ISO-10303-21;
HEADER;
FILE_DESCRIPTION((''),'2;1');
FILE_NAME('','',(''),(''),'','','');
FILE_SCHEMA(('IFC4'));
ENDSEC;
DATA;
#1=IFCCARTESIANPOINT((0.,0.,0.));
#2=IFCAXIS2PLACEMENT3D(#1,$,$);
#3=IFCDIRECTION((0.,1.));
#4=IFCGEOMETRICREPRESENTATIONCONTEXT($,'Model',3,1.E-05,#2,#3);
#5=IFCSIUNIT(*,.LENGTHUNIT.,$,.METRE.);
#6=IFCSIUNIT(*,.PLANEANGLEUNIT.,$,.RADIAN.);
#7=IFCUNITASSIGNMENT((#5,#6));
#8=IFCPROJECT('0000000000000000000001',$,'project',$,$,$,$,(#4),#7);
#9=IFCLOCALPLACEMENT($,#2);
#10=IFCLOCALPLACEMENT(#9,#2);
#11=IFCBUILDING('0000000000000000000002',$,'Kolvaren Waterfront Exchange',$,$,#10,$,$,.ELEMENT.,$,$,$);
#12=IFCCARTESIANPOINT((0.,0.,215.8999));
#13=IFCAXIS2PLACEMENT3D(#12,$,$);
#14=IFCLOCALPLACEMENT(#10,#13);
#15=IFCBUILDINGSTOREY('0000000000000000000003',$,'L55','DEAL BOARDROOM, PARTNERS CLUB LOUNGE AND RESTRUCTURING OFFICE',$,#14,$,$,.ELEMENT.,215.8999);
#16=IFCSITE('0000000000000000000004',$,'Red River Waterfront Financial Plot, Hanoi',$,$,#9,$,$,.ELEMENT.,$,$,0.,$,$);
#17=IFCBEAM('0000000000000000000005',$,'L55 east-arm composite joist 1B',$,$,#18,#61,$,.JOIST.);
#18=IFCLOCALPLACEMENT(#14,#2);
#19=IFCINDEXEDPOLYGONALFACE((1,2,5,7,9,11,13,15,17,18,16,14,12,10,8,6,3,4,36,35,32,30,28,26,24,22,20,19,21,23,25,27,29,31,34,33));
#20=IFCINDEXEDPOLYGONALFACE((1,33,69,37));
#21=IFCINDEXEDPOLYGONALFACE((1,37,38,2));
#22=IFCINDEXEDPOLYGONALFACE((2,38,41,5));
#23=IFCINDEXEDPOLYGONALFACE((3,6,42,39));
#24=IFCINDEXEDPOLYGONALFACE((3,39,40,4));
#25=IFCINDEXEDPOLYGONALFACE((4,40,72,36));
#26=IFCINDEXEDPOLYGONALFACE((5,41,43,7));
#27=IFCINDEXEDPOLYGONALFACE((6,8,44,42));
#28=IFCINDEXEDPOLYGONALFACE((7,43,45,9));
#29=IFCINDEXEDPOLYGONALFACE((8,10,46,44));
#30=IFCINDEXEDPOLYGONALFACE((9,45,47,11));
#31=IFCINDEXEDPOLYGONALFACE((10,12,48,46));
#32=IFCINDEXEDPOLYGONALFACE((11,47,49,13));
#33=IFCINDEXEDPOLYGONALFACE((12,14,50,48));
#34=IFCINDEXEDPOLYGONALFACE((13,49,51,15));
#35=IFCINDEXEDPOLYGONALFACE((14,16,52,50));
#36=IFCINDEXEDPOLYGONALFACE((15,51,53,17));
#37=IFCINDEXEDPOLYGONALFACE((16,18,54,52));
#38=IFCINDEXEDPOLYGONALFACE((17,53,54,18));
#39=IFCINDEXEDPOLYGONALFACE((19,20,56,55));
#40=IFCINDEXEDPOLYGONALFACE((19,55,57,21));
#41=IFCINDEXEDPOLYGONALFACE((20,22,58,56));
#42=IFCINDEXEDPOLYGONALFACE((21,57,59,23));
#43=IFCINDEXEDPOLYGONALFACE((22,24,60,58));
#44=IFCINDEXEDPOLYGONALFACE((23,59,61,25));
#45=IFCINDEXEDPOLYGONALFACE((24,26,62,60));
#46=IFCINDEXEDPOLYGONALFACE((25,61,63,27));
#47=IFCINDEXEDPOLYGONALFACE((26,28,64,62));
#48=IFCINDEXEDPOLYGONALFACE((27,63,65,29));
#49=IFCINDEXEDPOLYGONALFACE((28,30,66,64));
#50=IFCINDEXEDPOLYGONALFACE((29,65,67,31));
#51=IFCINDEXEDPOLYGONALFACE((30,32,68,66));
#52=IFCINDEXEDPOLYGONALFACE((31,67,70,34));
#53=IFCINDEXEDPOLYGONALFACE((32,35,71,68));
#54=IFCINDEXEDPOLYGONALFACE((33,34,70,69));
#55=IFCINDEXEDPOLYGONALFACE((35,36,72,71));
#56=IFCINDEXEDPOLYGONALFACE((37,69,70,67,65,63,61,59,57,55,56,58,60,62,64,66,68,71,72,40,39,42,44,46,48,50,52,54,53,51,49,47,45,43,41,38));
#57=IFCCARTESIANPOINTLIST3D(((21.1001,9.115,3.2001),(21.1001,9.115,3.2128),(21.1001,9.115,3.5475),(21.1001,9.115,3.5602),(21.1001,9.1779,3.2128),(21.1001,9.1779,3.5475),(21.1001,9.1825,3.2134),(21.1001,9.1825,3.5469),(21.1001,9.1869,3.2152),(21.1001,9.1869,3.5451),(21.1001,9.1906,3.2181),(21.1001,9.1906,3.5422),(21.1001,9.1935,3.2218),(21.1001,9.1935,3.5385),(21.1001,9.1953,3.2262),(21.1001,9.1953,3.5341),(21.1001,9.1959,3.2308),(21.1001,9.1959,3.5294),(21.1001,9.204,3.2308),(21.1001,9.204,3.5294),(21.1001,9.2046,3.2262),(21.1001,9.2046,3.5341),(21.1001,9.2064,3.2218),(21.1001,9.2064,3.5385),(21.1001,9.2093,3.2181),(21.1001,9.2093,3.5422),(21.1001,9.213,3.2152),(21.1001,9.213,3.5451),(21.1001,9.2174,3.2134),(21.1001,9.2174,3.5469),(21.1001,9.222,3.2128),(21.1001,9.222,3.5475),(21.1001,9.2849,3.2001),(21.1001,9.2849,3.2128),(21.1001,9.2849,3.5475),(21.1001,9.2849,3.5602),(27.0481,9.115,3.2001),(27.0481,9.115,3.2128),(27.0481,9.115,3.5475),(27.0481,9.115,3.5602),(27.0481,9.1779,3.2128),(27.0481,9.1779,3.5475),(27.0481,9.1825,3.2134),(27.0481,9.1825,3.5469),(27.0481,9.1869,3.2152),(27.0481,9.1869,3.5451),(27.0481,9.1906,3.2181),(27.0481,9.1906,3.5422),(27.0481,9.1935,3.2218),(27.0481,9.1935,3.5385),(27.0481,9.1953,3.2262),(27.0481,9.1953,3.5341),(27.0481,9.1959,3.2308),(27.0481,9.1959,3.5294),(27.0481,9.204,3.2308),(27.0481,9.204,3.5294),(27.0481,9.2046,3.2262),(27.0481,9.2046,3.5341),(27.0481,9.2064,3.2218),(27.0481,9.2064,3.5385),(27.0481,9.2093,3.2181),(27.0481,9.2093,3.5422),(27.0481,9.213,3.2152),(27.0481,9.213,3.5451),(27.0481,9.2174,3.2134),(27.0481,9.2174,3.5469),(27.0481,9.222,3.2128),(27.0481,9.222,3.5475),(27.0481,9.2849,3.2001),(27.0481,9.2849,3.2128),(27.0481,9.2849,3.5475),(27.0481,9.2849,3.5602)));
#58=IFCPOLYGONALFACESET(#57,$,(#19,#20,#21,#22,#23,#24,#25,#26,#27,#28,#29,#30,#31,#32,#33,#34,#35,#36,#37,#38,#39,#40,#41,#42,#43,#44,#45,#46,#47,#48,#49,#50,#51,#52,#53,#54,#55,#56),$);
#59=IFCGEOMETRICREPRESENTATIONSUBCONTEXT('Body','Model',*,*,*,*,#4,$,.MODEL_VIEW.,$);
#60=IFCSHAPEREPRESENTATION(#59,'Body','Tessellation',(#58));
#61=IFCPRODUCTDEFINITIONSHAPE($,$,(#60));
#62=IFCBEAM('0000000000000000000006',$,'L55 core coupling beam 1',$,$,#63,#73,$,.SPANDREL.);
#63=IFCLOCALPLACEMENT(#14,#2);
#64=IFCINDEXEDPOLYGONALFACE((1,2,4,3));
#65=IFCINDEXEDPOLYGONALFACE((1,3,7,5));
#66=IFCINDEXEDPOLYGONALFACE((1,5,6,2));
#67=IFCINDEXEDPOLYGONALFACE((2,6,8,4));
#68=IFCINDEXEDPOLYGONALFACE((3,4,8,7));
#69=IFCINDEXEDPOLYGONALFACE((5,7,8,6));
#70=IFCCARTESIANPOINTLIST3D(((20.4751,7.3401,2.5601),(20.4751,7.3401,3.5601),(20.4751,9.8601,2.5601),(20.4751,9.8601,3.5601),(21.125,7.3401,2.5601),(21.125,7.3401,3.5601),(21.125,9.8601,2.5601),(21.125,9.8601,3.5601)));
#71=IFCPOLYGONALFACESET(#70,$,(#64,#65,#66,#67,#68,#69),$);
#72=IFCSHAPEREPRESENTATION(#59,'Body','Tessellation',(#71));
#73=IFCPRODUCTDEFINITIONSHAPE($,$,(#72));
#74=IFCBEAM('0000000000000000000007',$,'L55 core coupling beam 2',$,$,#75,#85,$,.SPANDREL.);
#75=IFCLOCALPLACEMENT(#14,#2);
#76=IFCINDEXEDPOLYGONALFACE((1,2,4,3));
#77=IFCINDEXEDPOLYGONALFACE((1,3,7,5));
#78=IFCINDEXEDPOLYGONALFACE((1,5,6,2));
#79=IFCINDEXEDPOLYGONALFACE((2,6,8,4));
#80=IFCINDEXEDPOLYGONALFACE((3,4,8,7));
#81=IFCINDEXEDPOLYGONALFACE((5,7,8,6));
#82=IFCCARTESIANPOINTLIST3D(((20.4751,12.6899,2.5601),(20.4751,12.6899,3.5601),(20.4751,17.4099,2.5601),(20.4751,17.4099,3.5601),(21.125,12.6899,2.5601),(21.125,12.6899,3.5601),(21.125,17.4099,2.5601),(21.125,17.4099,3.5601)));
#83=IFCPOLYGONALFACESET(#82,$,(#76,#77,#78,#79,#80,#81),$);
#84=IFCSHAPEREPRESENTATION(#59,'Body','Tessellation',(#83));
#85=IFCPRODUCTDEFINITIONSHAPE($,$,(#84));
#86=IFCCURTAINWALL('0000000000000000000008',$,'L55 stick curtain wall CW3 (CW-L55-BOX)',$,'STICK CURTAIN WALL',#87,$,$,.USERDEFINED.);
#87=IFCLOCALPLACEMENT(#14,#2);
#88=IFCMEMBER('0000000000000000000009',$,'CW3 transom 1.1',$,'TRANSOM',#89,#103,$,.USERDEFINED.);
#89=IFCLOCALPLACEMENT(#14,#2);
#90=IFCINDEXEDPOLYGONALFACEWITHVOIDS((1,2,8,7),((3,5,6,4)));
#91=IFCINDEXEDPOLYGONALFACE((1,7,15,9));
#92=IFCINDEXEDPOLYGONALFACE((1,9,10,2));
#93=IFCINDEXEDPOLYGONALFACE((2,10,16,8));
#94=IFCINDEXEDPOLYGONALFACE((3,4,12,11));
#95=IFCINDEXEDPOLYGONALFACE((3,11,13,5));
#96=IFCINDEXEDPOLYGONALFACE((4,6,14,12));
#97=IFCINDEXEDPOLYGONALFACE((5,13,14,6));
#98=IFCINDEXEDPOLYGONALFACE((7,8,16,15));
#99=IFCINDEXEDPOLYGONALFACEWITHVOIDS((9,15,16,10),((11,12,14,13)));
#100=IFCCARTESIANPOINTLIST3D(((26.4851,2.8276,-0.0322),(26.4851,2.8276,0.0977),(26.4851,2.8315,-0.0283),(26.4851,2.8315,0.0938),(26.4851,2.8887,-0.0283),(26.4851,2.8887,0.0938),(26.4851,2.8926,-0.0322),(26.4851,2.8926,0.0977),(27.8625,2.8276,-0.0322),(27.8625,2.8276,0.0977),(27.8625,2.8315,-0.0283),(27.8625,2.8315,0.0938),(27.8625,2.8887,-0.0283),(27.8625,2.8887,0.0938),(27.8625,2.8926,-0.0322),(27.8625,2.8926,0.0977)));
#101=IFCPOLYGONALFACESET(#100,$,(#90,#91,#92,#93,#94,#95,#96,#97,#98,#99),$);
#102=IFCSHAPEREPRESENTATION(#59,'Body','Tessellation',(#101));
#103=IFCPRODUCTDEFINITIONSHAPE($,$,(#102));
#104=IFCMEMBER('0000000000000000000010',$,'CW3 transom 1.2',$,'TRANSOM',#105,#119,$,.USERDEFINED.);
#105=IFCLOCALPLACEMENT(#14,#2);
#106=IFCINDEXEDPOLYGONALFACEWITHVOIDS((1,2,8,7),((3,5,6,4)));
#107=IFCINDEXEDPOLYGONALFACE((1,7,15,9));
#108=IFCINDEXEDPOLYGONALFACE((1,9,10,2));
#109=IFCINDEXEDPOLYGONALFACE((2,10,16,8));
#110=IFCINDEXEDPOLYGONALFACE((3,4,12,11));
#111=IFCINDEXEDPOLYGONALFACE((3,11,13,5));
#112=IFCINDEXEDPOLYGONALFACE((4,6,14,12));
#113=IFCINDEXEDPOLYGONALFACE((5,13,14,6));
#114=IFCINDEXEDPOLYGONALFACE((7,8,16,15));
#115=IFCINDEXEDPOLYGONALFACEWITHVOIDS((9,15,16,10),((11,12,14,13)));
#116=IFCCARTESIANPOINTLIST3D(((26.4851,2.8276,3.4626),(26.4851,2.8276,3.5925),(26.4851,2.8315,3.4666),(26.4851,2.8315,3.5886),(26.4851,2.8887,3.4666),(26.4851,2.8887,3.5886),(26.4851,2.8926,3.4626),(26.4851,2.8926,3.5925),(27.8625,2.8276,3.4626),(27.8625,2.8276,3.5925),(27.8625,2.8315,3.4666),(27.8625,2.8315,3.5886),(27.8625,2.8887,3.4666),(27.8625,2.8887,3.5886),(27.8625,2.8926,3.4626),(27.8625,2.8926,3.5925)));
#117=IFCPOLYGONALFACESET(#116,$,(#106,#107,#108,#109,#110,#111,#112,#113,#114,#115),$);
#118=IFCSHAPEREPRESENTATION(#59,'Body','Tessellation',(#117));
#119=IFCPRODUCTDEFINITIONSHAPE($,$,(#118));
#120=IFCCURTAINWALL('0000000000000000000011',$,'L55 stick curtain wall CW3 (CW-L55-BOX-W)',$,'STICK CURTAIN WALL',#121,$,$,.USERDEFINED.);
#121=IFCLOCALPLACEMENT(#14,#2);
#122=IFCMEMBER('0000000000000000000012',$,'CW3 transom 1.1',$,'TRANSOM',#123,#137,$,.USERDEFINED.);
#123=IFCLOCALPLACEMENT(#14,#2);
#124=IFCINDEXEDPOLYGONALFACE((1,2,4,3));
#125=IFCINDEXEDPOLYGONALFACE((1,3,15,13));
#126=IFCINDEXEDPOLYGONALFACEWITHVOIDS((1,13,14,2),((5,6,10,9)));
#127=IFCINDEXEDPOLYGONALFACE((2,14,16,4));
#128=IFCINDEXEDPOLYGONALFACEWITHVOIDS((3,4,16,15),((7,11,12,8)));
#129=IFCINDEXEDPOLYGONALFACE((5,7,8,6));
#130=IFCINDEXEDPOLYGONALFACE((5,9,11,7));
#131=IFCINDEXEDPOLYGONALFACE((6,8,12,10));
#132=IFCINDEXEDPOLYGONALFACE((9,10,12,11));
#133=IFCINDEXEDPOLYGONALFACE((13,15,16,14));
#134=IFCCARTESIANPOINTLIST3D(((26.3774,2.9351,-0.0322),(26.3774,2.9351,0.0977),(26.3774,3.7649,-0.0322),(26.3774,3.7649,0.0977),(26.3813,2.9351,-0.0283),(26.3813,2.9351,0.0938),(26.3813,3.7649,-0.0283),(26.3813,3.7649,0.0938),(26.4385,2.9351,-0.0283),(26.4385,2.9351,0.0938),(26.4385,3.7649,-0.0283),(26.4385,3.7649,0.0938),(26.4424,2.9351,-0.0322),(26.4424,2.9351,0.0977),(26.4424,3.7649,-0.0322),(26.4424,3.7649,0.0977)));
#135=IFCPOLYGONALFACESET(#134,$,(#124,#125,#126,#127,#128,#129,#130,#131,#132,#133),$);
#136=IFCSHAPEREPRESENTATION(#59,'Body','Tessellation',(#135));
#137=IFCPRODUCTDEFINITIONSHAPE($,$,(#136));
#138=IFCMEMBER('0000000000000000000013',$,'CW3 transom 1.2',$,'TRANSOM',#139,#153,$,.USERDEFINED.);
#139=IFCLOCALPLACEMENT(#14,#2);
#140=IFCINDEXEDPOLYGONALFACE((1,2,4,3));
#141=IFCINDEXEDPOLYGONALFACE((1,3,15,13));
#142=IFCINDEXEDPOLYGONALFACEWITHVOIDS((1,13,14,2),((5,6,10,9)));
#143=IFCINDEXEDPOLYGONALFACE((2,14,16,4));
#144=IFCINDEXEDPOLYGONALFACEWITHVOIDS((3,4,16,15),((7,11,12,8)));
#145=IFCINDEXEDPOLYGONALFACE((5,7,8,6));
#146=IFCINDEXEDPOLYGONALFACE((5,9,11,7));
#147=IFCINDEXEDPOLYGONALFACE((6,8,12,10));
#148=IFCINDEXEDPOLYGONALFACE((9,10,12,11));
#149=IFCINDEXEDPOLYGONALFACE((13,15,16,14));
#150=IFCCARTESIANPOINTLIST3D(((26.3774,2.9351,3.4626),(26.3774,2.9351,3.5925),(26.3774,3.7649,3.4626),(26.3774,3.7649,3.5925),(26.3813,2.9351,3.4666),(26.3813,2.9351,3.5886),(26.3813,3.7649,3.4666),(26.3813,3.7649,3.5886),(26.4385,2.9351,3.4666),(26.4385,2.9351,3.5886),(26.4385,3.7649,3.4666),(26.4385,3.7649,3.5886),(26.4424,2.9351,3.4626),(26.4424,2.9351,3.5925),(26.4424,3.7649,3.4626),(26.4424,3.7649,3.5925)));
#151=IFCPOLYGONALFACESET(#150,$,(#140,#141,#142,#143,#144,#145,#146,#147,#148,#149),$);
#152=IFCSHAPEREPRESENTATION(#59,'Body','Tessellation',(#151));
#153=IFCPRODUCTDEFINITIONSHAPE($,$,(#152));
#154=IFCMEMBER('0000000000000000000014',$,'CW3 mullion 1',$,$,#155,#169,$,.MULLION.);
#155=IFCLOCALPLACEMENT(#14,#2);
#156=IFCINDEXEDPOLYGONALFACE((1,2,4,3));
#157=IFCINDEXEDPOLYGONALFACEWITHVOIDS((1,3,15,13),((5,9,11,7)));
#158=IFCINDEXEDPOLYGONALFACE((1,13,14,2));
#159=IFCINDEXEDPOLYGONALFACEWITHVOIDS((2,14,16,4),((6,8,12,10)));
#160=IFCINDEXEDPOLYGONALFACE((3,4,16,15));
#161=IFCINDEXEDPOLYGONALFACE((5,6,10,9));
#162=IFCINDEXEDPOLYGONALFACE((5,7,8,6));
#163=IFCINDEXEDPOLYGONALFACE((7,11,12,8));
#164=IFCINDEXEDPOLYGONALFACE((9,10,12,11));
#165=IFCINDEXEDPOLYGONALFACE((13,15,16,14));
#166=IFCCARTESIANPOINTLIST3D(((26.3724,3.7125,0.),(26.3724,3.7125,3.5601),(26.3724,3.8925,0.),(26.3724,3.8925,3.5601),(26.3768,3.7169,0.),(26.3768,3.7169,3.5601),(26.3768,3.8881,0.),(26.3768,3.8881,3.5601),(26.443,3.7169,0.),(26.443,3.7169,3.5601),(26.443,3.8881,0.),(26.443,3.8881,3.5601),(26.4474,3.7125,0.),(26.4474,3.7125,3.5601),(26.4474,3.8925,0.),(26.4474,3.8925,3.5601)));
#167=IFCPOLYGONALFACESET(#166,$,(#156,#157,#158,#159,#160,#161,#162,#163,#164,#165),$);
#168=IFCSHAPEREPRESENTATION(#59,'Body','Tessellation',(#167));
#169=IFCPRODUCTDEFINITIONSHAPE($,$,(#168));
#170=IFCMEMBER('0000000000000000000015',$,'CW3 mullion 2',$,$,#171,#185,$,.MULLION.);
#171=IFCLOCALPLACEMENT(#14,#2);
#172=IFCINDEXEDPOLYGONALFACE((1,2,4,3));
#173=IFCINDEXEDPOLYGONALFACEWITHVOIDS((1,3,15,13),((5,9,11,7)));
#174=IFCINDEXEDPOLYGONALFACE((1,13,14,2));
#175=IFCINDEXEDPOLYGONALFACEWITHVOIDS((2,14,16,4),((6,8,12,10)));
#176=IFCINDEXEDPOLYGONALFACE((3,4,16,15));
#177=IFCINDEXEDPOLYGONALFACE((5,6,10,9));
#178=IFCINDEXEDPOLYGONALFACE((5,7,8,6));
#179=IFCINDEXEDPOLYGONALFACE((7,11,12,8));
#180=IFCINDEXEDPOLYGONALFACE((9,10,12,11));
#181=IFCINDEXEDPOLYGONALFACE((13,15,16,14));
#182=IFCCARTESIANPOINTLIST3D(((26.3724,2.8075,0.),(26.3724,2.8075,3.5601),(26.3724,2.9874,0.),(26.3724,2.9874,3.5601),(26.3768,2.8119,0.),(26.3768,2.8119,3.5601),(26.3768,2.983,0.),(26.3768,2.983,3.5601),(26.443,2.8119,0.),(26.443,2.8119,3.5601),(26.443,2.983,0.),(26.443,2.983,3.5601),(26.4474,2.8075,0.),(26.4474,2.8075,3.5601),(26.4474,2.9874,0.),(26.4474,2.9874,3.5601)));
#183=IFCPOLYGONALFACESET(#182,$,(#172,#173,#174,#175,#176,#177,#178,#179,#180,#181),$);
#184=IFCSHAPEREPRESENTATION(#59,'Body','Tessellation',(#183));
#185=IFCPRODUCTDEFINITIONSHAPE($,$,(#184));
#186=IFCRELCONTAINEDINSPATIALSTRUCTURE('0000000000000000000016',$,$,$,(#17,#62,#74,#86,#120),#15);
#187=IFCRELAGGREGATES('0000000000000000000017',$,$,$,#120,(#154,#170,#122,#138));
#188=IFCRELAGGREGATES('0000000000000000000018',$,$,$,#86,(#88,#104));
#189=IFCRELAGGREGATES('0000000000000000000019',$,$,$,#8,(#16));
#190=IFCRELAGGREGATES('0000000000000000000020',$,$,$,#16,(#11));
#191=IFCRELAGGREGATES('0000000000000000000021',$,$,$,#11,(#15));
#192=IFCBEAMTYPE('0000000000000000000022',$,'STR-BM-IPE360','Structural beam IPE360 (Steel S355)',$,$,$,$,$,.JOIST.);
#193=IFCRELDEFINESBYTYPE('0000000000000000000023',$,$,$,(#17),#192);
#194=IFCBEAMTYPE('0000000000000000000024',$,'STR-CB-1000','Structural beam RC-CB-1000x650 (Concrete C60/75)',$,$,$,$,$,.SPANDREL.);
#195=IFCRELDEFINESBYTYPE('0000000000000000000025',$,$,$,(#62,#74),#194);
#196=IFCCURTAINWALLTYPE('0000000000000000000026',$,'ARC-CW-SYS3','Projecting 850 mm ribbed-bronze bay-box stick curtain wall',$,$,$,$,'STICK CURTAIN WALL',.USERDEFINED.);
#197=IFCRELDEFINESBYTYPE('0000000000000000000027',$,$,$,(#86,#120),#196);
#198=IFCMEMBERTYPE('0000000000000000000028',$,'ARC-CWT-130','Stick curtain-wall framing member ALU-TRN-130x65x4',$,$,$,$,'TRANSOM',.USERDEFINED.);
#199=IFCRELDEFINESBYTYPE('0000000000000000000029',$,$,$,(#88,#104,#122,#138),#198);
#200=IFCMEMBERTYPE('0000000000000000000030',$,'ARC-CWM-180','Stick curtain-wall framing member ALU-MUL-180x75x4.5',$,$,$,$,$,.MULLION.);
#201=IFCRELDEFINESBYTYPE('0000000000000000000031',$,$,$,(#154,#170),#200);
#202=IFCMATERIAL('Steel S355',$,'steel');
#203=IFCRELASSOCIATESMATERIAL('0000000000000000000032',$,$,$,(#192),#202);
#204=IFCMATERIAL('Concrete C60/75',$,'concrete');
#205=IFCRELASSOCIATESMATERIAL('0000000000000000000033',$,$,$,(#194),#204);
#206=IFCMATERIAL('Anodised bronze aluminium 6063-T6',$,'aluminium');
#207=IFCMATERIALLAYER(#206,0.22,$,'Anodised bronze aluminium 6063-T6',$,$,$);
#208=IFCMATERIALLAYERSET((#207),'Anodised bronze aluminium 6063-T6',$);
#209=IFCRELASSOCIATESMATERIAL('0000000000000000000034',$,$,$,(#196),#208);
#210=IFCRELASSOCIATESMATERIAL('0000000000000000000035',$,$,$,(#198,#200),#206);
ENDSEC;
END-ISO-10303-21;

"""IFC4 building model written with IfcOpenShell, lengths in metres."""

from ifc_helpers import new_model, si_unit, direction, frame, origin, origin_with_axes, origin_2d, place, context, subcontext, project, spatial, rectangle, hollow_rectangle, i_section, extrude, source, transform, mapped, material, layer, layer_set, material_profile, profile_set, type_object, element, aggregate, save


model = new_model("IFC4")

# Units and contexts
model_context = context("Model", 3, precision=1e-05, world=origin(), true_north=direction((0.0, 1.0)))
body_context = subcontext(model_context, "Body", "Model", "MODEL_VIEW")
ifc_project = project(units=[si_unit("LENGTHUNIT", "METRE"), si_unit("PLANEANGLEUNIT", "RADIAN")], contexts=[model_context])

# Site, building, storey
site_placement = place(None, origin())
site = spatial("IfcSite", under=ifc_project, at=site_placement, Name="Red River Waterfront Financial Plot, Hanoi", CompositionType="ELEMENT", RefElevation=0.0)
building_placement = place(site_placement, origin())
building = spatial("IfcBuilding", under=site, at=building_placement, Name="Kolvaren Waterfront Exchange", CompositionType="ELEMENT")
storey_placement = place(building_placement, frame((0.0, 0.0, 215.8999)))
storey = spatial("IfcBuildingStorey", under=building, at=storey_placement, Name="L55", Description="DEAL BOARDROOM, PARTNERS CLUB LOUNGE AND RESTRUCTURING OFFICE", CompositionType="ELEMENT", Elevation=215.8999)

# Beams
ifc_material_1 = material(Name="Steel S355", Category="steel")
ifc_material_profile_1 = material_profile(ifc_material_1, i_section(OverallWidth=0.1699, OverallDepth=0.3601, WebThickness=0.0081, FlangeThickness=0.0127, FilletRadius=0.0181, at=origin_2d()), Name="IPE360")
ifc_profile_set_1 = profile_set([ifc_material_profile_1], Name="Steel S355")
beam_type_1 = type_object("IfcBeamType", Name="STR-BM-IPE360", Description="Structural beam IPE360 (Steel S355)", PredefinedType="JOIST", material=ifc_profile_set_1)
beam_1_placement = place(storey_placement, frame((21.1001, 9.2, 3.3801), z_axis=(1.0, 0.0, 0.0), x_axis=(0.0, 1.0, 0.0)))
element("IfcBeam", 1, at=beam_1_placement, inside=storey, type_object=beam_type_1, Name="L55 east-arm composite joist 1B", PredefinedType="JOIST", context=body_context, shape_type="SweptSolid", body=[
    extrude(i_section(OverallWidth=0.1699, OverallDepth=0.3601, WebThickness=0.0081, FlangeThickness=0.0127, FilletRadius=0.0181, at=origin_2d()), origin(), (0.0, 0.0, 1.0), 5.948),
])
ifc_material_2 = material(Name="Concrete C60/75", Category="concrete")
ifc_material_profile_2 = material_profile(ifc_material_2, rectangle(XDim=0.6499, YDim=1.0, at=origin_2d()), Name="RC-CB-1000x650")
ifc_profile_set_2 = profile_set([ifc_material_profile_2], Name="Concrete C60/75")
beam_type_2 = type_object("IfcBeamType", Name="STR-CB-1000", Description="Structural beam RC-CB-1000x650 (Concrete C60/75)", PredefinedType="SPANDREL", material=ifc_profile_set_2)
beam_2_placement = place(storey_placement, frame((20.8, 7.3401, 3.0601), z_axis=(0.0, 1.0, 0.0), x_axis=(-1.0, 0.0, 0.0)))
element("IfcBeam", 2, at=beam_2_placement, inside=storey, type_object=beam_type_2, Name="L55 core coupling beam 1", PredefinedType="SPANDREL", context=body_context, shape_type="SweptSolid", body=[
    extrude(rectangle(XDim=0.6499, YDim=1.0, at=origin_2d()), origin(), (0.0, 0.0, 1.0), 2.52),
])
beam_3_placement = place(storey_placement, frame((20.8, 12.6899, 3.0601), z_axis=(0.0, 1.0, 0.0), x_axis=(-1.0, 0.0, 0.0)))
element("IfcBeam", 3, at=beam_3_placement, inside=storey, type_object=beam_type_2, Name="L55 core coupling beam 2", PredefinedType="SPANDREL", context=body_context, shape_type="SweptSolid", body=[
    extrude(rectangle(XDim=0.6499, YDim=1.0, at=origin_2d()), origin(), (0.0, 0.0, 1.0), 4.72),
])

# Curtain walls, members
ifc_material_3 = material(Name="Anodised bronze aluminium 6063-T6", Category="aluminium")
ifc_layer_1 = layer(ifc_material_3, 0.22, Name="Anodised bronze aluminium 6063-T6")
ifc_layer_set_1 = layer_set([ifc_layer_1], Name="Anodised bronze aluminium 6063-T6")
curtain_wall_type_1 = type_object("IfcCurtainWallType", Name="ARC-CW-SYS3", Description="Projecting 850 mm ribbed-bronze bay-box stick curtain wall", ElementType="STICK CURTAIN WALL", PredefinedType="USERDEFINED", material=ifc_layer_set_1)
curtain_wall_1_placement = place(storey_placement, origin())
curtain_wall_1 = element("IfcCurtainWall", 4, at=curtain_wall_1_placement, inside=storey, type_object=curtain_wall_type_1, Name="L55 stick curtain wall CW3 (CW-L55-BOX)", ObjectType="STICK CURTAIN WALL", PredefinedType="USERDEFINED")
ifc_material_profile_3 = material_profile(ifc_material_3, hollow_rectangle(XDim=0.0649, YDim=0.1299, WallThickness=0.0039, at=origin_2d()), Name="ALU-TRN-130x65x4")
ifc_profile_set_3 = profile_set([ifc_material_profile_3], Name="Anodised bronze aluminium 6063-T6")
member_type_1 = type_object("IfcMemberType", Name="ARC-CWT-130", Description="Stick curtain-wall framing member ALU-TRN-130x65x4", ElementType="TRANSOM", PredefinedType="USERDEFINED", material=ifc_profile_set_3)
shared_shape_1 = source(origin_with_axes(), body_context, "Body", "SweptSolid", [
    extrude(hollow_rectangle(XDim=0.0649, YDim=0.1299, WallThickness=0.0039, at=origin_2d()), origin(), (0.0, 0.0, 1.0), 1.3774),
])
member_1_placement = place(storey_placement, frame((26.4851, 2.8601, 0.0327), z_axis=(1.0, 0.0, 0.0), x_axis=(0.0, 1.0, 0.0)))
member_1 = element("IfcMember", 5, at=member_1_placement, type_object=member_type_1, Name="CW3 transom 1.1", ObjectType="TRANSOM", PredefinedType="USERDEFINED", context=body_context, shape_type="MappedRepresentation", body=[
    mapped(shared_shape_1, transform((0.0, 0.0, 0.0), x_axis=(1.0, 0.0, 0.0), y_axis=(0.0, 1.0, 0.0), z_axis=(0.0, 0.0, 1.0), scale=1.0)),
])
member_2_placement = place(storey_placement, frame((26.4851, 2.8601, 3.5276), z_axis=(1.0, 0.0, 0.0), x_axis=(0.0, 1.0, 0.0)))
member_2 = element("IfcMember", 6, at=member_2_placement, type_object=member_type_1, Name="CW3 transom 1.2", ObjectType="TRANSOM", PredefinedType="USERDEFINED", context=body_context, shape_type="MappedRepresentation", body=[
    mapped(shared_shape_1, transform((0.0, 0.0, 0.0), x_axis=(1.0, 0.0, 0.0), y_axis=(0.0, 1.0, 0.0), z_axis=(0.0, 0.0, 1.0), scale=1.0)),
])
curtain_wall_2_placement = place(storey_placement, origin())
curtain_wall_2 = element("IfcCurtainWall", 7, at=curtain_wall_2_placement, inside=storey, type_object=curtain_wall_type_1, Name="L55 stick curtain wall CW3 (CW-L55-BOX-W)", ObjectType="STICK CURTAIN WALL", PredefinedType="USERDEFINED")
shared_shape_2 = source(origin_with_axes(), body_context, "Body", "SweptSolid", [
    extrude(hollow_rectangle(XDim=0.0649, YDim=0.1299, WallThickness=0.0039, at=origin_2d()), origin(), (0.0, 0.0, 1.0), 0.8298),
])
member_3_placement = place(storey_placement, frame((26.4099, 3.7649, 0.0327), z_axis=(0.0, -1.0, 0.0), x_axis=(1.0, 0.0, 0.0)))
member_3 = element("IfcMember", 8, at=member_3_placement, type_object=member_type_1, Name="CW3 transom 1.1", ObjectType="TRANSOM", PredefinedType="USERDEFINED", context=body_context, shape_type="MappedRepresentation", body=[
    mapped(shared_shape_2, transform((0.0, 0.0, 0.0), x_axis=(1.0, 0.0, 0.0), y_axis=(0.0, 1.0, 0.0), z_axis=(0.0, 0.0, 1.0), scale=1.0)),
])
member_4_placement = place(storey_placement, frame((26.4099, 3.7649, 3.5276), z_axis=(0.0, -1.0, 0.0), x_axis=(1.0, 0.0, 0.0)))
member_4 = element("IfcMember", 9, at=member_4_placement, type_object=member_type_1, Name="CW3 transom 1.2", ObjectType="TRANSOM", PredefinedType="USERDEFINED", context=body_context, shape_type="MappedRepresentation", body=[
    mapped(shared_shape_2, transform((0.0, 0.0, 0.0), x_axis=(1.0, 0.0, 0.0), y_axis=(0.0, 1.0, 0.0), z_axis=(0.0, 0.0, 1.0), scale=1.0)),
])
ifc_material_profile_4 = material_profile(ifc_material_3, hollow_rectangle(XDim=0.075, YDim=0.1799, WallThickness=0.0044, at=origin_2d()), Name="ALU-MUL-180x75x4.5")
ifc_profile_set_4 = profile_set([ifc_material_profile_4], Name="Anodised bronze aluminium 6063-T6")
member_type_2 = type_object("IfcMemberType", Name="ARC-CWM-180", Description="Stick curtain-wall framing member ALU-MUL-180x75x4.5", PredefinedType="MULLION", material=ifc_profile_set_4)
shared_shape_3 = source(origin_with_axes(), body_context, "Body", "SweptSolid", [
    extrude(hollow_rectangle(XDim=0.075, YDim=0.1799, WallThickness=0.0044, at=origin_2d()), origin(), (0.0, 0.0, 1.0), 3.5601),
])
member_5_placement = place(storey_placement, frame((26.4099, 3.8025, 0.0), z_axis=(0.0, 0.0, 1.0), x_axis=(1.0, 0.0, 0.0)))
member_5 = element("IfcMember", 10, at=member_5_placement, type_object=member_type_2, Name="CW3 mullion 1", PredefinedType="MULLION", context=body_context, shape_type="MappedRepresentation", body=[
    mapped(shared_shape_3, transform((0.0, 0.0, 0.0), x_axis=(1.0, 0.0, 0.0), y_axis=(0.0, 1.0, 0.0), z_axis=(0.0, 0.0, 1.0), scale=1.0)),
])
member_6_placement = place(storey_placement, frame((26.4099, 2.8975, 0.0), z_axis=(0.0, 0.0, 1.0), x_axis=(1.0, 0.0, 0.0)))
member_6 = element("IfcMember", 11, at=member_6_placement, type_object=member_type_2, Name="CW3 mullion 2", PredefinedType="MULLION", context=body_context, shape_type="MappedRepresentation", body=[
    mapped(shared_shape_3, transform((0.0, 0.0, 0.0), x_axis=(1.0, 0.0, 0.0), y_axis=(0.0, 1.0, 0.0), z_axis=(0.0, 0.0, 1.0), scale=1.0)),
])

aggregate(curtain_wall_2, [member_5, member_6, member_3, member_4])
aggregate(curtain_wall_1, [member_1, member_2])

save(model, "model.ifc")
